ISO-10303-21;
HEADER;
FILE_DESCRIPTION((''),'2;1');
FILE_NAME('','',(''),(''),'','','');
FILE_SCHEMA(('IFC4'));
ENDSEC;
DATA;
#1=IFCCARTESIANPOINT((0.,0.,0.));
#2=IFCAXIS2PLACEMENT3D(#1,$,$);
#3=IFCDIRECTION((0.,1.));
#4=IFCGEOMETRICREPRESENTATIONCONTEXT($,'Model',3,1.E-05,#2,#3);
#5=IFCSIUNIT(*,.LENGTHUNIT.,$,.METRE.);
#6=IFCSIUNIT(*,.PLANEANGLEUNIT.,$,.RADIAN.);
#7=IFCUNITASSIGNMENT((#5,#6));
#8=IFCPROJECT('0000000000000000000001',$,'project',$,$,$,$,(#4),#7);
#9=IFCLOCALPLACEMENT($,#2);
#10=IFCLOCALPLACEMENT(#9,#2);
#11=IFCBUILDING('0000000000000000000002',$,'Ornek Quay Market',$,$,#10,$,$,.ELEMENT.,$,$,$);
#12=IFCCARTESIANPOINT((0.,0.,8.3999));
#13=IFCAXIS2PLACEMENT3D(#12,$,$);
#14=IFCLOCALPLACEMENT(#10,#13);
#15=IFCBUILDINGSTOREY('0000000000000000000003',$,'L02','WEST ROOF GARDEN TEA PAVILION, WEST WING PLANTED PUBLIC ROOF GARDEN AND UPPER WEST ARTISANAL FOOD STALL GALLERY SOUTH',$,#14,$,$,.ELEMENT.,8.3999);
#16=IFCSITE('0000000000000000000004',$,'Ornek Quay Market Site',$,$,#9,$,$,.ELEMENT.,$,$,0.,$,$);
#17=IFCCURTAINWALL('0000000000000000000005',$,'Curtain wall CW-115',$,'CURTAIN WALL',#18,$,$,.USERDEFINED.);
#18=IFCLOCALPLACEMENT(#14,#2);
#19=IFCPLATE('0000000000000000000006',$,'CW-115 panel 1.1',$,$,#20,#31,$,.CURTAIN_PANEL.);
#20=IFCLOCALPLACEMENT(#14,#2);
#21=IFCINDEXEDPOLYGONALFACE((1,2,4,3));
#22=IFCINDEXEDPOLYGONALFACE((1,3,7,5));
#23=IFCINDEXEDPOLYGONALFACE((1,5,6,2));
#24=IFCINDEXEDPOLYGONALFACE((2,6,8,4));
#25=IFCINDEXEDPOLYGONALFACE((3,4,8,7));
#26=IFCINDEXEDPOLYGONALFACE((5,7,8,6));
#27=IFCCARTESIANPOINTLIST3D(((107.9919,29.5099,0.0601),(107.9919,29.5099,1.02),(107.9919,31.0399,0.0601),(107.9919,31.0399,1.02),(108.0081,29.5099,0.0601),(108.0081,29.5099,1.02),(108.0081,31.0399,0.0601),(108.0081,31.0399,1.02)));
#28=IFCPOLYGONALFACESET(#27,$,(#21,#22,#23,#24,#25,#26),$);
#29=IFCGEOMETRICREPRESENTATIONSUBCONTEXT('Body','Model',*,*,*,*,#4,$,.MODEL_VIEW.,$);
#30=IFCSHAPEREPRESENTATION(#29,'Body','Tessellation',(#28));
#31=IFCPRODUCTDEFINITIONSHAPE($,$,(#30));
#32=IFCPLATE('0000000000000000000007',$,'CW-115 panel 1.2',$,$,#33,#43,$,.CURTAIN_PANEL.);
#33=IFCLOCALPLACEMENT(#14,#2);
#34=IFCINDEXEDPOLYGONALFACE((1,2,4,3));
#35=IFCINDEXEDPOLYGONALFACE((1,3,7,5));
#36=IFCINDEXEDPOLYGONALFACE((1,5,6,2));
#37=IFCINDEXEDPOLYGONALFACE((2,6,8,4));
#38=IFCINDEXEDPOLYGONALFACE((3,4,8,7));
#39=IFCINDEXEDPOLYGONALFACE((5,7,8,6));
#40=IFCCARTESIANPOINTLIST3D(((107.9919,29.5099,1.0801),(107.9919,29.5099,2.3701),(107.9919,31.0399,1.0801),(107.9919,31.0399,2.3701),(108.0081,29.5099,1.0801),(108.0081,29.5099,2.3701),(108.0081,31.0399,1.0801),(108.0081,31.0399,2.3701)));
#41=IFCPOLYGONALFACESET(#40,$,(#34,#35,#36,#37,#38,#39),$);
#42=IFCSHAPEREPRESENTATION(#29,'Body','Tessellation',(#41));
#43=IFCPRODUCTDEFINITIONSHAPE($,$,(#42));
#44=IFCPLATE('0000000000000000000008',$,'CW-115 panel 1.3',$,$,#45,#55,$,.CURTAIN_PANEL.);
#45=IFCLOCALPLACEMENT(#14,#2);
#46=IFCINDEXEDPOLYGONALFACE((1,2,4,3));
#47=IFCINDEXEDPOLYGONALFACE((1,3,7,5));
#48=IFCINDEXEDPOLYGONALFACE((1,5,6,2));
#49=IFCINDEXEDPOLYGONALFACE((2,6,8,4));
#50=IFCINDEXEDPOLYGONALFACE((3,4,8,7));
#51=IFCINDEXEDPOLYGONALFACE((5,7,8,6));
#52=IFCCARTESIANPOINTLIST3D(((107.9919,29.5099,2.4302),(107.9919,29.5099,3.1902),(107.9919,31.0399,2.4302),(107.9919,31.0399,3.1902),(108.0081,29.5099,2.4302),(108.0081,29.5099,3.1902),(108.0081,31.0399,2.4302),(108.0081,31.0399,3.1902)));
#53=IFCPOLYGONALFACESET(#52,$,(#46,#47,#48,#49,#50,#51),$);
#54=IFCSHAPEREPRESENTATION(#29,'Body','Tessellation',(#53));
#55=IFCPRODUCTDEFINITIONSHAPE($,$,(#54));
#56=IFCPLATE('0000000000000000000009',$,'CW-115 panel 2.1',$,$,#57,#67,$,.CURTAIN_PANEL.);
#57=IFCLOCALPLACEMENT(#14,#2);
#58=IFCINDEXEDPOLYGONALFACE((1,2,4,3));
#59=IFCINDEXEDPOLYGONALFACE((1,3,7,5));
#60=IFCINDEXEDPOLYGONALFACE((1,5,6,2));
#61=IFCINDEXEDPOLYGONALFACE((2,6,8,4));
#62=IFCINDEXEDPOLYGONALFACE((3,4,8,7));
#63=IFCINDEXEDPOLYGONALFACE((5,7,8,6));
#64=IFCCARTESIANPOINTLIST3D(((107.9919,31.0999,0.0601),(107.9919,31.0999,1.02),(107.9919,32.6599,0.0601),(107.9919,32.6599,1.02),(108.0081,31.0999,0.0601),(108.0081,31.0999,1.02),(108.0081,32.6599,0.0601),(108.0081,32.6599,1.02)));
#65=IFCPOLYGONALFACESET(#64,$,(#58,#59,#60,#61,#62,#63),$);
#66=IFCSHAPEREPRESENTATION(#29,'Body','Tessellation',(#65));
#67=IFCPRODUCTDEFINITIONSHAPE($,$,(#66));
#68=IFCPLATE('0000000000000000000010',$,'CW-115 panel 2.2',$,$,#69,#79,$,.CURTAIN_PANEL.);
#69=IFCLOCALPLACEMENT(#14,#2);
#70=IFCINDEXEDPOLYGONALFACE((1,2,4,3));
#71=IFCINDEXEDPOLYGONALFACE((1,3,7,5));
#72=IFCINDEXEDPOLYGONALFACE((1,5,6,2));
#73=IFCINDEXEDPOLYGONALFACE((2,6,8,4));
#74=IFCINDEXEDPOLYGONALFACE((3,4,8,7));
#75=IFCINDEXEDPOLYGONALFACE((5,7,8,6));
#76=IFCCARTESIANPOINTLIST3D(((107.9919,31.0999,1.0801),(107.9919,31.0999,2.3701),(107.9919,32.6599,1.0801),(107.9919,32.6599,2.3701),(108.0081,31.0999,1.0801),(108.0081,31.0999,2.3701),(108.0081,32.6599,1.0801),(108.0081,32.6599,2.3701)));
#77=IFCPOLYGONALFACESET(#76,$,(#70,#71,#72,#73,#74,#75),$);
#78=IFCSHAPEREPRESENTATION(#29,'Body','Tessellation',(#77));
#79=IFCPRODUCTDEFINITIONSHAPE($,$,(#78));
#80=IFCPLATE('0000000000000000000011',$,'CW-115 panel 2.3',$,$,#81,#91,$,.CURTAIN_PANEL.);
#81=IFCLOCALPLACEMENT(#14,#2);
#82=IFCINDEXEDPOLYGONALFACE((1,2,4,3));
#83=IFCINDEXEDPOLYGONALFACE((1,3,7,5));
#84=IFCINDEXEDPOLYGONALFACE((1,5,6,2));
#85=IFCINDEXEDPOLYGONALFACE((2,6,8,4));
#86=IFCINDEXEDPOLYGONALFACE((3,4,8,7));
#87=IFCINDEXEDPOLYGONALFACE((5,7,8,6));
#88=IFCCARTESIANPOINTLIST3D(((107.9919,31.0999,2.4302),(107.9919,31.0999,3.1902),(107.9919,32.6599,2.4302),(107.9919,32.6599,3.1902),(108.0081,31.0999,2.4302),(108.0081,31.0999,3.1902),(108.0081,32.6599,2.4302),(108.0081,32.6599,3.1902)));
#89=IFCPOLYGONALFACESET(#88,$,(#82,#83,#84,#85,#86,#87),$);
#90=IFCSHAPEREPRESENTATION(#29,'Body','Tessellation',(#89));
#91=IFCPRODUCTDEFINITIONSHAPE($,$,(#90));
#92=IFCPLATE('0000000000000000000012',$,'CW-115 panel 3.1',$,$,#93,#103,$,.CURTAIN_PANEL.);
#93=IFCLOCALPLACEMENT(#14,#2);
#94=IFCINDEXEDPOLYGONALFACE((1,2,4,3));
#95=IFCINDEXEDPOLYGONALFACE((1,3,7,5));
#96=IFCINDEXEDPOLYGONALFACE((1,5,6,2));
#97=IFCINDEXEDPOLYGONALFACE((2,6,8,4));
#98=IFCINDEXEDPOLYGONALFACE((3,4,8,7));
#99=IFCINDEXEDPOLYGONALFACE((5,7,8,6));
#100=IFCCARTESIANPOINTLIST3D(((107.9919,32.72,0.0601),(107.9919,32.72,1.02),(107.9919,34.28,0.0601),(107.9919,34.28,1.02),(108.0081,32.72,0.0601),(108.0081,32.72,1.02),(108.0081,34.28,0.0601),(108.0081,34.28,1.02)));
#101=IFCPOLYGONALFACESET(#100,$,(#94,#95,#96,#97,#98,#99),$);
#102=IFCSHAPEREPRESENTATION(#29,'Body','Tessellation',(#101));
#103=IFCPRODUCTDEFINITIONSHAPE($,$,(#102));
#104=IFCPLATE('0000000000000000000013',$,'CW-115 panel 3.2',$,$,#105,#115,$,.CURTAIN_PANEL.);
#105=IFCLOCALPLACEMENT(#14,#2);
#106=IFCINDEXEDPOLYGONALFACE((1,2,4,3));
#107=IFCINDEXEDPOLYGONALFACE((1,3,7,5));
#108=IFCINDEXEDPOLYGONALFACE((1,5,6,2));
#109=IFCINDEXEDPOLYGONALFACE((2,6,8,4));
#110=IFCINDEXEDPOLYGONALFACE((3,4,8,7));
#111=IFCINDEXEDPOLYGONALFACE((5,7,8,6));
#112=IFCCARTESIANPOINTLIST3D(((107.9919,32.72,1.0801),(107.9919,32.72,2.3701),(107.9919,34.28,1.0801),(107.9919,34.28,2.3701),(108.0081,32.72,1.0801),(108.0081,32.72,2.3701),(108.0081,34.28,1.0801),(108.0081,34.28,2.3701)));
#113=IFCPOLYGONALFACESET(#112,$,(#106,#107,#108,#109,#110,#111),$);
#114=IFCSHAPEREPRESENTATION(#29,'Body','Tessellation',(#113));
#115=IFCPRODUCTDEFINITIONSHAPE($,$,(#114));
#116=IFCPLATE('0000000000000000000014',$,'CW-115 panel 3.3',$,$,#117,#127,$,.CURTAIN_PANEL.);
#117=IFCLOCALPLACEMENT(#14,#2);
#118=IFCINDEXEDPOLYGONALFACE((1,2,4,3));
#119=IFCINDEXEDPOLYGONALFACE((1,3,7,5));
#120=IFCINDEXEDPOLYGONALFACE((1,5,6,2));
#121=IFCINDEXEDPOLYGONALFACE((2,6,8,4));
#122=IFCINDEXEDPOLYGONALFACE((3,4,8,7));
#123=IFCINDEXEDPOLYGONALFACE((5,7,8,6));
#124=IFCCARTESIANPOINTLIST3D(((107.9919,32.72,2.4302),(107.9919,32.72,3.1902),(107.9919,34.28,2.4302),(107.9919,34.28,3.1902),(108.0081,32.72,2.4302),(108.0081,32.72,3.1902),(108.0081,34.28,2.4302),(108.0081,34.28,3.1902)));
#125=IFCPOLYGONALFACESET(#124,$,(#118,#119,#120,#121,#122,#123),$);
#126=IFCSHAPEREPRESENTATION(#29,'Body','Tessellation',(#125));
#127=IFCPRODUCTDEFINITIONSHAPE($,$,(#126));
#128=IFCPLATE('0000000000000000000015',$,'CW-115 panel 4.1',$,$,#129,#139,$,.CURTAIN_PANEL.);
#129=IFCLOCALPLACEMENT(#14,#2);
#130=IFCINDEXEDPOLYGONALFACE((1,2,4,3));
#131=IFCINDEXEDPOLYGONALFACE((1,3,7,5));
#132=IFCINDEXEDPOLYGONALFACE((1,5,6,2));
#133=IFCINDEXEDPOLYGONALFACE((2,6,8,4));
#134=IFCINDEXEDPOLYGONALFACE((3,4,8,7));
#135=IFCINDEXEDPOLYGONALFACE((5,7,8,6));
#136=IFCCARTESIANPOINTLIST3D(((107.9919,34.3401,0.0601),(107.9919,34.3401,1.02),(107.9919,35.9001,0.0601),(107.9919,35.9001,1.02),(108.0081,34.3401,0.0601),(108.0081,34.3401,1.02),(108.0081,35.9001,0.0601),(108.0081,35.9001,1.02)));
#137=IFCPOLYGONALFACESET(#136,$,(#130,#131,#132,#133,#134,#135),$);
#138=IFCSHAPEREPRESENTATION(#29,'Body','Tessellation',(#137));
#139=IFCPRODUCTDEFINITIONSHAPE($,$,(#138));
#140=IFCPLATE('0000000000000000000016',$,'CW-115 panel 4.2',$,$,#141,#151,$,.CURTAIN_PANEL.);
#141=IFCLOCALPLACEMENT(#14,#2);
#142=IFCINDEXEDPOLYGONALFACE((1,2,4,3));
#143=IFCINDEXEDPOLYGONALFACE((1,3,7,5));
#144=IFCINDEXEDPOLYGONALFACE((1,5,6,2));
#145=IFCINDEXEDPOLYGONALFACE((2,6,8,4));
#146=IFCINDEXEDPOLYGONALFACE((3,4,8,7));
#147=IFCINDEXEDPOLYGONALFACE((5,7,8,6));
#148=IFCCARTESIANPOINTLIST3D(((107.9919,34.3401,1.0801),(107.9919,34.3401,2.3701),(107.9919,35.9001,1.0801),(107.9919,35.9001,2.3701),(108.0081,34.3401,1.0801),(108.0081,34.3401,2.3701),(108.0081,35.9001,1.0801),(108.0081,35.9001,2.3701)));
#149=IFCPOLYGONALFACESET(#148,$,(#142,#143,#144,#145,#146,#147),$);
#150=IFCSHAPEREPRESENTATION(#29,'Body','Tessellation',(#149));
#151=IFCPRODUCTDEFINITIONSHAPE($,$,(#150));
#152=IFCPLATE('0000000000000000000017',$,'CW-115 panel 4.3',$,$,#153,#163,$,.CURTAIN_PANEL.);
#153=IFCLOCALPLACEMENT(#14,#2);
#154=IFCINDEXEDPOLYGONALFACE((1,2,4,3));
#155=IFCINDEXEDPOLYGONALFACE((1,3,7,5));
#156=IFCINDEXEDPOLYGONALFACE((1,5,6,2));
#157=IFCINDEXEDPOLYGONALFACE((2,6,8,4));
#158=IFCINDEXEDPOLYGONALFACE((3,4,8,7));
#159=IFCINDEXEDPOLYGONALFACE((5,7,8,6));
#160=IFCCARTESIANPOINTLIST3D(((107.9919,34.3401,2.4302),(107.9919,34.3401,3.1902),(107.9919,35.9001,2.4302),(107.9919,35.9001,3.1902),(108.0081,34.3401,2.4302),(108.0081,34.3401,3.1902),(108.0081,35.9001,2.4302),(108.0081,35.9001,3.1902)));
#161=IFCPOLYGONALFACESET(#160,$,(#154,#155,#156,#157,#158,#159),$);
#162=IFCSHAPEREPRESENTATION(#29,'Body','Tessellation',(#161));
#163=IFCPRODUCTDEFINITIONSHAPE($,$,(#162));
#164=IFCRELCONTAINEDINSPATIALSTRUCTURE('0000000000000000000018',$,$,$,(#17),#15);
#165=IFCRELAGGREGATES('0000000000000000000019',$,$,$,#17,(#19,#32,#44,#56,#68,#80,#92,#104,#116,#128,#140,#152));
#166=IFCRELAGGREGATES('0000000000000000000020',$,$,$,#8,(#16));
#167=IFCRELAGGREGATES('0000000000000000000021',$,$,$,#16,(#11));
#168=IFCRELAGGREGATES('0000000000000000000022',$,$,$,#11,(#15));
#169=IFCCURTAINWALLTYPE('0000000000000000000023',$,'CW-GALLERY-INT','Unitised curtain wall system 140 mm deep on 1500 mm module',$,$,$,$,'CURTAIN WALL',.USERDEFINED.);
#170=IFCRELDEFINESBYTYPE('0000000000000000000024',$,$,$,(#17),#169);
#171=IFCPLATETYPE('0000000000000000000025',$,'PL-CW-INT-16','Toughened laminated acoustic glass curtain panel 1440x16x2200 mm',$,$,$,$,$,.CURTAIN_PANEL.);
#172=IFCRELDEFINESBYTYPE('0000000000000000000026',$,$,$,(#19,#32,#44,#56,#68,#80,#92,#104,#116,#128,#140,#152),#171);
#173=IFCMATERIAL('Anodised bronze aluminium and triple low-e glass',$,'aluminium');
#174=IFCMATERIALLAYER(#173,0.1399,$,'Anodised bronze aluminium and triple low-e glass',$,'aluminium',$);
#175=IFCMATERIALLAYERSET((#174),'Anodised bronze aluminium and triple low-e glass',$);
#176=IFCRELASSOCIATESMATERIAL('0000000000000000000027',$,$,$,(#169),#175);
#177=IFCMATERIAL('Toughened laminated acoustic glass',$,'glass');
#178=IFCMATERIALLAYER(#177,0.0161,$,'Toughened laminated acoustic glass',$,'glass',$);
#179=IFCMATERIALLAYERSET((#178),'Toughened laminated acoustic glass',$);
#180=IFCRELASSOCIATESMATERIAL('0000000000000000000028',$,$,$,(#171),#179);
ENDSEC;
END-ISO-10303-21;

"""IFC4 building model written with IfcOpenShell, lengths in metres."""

from ifc_helpers import new_model, si_unit, direction, frame, origin, origin_2d, place, context, subcontext, project, spatial, rectangle, extrude, material, layer, layer_set, type_object, element, aggregate, save


model = new_model("IFC4")

# Units and contexts
model_context = context("Model", 3, precision=1e-05, world=origin(), true_north=direction((0.0, 1.0)))
body_context = subcontext(model_context, "Body", "Model", "MODEL_VIEW")
ifc_project = project(units=[si_unit("LENGTHUNIT", "METRE"), si_unit("PLANEANGLEUNIT", "RADIAN")], contexts=[model_context])

# Site, building, storey
site_placement = place(None, origin())
site = spatial("IfcSite", under=ifc_project, at=site_placement, Name="Ornek Quay Market Site", CompositionType="ELEMENT", RefElevation=0.0)
building_placement = place(site_placement, origin())
building = spatial("IfcBuilding", under=site, at=building_placement, Name="Ornek Quay Market", CompositionType="ELEMENT")
storey_placement = place(building_placement, frame((0.0, 0.0, 8.3999)))
storey = spatial("IfcBuildingStorey", under=building, at=storey_placement, Name="L02", Description="WEST ROOF GARDEN TEA PAVILION, WEST WING PLANTED PUBLIC ROOF GARDEN AND UPPER WEST ARTISANAL FOOD STALL GALLERY SOUTH", CompositionType="ELEMENT", Elevation=8.3999)

# Curtain wall, plates
ifc_material_1 = material(Name="Anodised bronze aluminium and triple low-e glass", Category="aluminium")
ifc_layer_1 = layer(ifc_material_1, 0.1399, Name="Anodised bronze aluminium and triple low-e glass", Category="aluminium")
ifc_layer_set_1 = layer_set([ifc_layer_1], Name="Anodised bronze aluminium and triple low-e glass")
curtain_wall_type = type_object("IfcCurtainWallType", Name="CW-GALLERY-INT", Description="Unitised curtain wall system 140 mm deep on 1500 mm module", ElementType="CURTAIN WALL", PredefinedType="USERDEFINED", material=ifc_layer_set_1)
curtain_wall_placement = place(storey_placement, origin())
curtain_wall = element("IfcCurtainWall", 1, at=curtain_wall_placement, inside=storey, type_object=curtain_wall_type, Name="Curtain wall CW-115", ObjectType="CURTAIN WALL", PredefinedType="USERDEFINED")
ifc_material_2 = material(Name="Toughened laminated acoustic glass", Category="glass")
ifc_layer_2 = layer(ifc_material_2, 0.0161, Name="Toughened laminated acoustic glass", Category="glass")
ifc_layer_set_2 = layer_set([ifc_layer_2], Name="Toughened laminated acoustic glass")
plate_type = type_object("IfcPlateType", Name="PL-CW-INT-16", Description="Toughened laminated acoustic glass curtain panel 1440x16x2200 mm", PredefinedType="CURTAIN_PANEL", material=ifc_layer_set_2)
plate_1_placement = place(storey_placement, frame((108.0, 30.2749, 0.0601), z_axis=(0.0, 0.0, 1.0), x_axis=(0.0, 1.0, 0.0)))
plate_1 = element("IfcPlate", 2, at=plate_1_placement, type_object=plate_type, Name="CW-115 panel 1.1", PredefinedType="CURTAIN_PANEL", context=body_context, shape_type="SweptSolid", body=[
    extrude(rectangle(XDim=1.53, YDim=0.0161, at=origin_2d()), origin(), (0.0, 0.0, 1.0), 0.96),
])
plate_2_placement = place(storey_placement, frame((108.0, 30.2749, 1.0801), z_axis=(0.0, 0.0, 1.0), x_axis=(0.0, 1.0, 0.0)))
plate_2 = element("IfcPlate", 3, at=plate_2_placement, type_object=plate_type, Name="CW-115 panel 1.2", PredefinedType="CURTAIN_PANEL", context=body_context, shape_type="SweptSolid", body=[
    extrude(rectangle(XDim=1.53, YDim=0.0161, at=origin_2d()), origin(), (0.0, 0.0, 1.0), 1.29),
])
plate_3_placement = place(storey_placement, frame((108.0, 30.2749, 2.4302), z_axis=(0.0, 0.0, 1.0), x_axis=(0.0, 1.0, 0.0)))
plate_3 = element("IfcPlate", 4, at=plate_3_placement, type_object=plate_type, Name="CW-115 panel 1.3", PredefinedType="CURTAIN_PANEL", context=body_context, shape_type="SweptSolid", body=[
    extrude(rectangle(XDim=1.53, YDim=0.0161, at=origin_2d()), origin(), (0.0, 0.0, 1.0), 0.76),
])
plate_4_placement = place(storey_placement, frame((108.0, 31.8799, 0.0601), z_axis=(0.0, 0.0, 1.0), x_axis=(0.0, 1.0, 0.0)))
plate_4 = element("IfcPlate", 5, at=plate_4_placement, type_object=plate_type, Name="CW-115 panel 2.1", PredefinedType="CURTAIN_PANEL", context=body_context, shape_type="SweptSolid", body=[
    extrude(rectangle(XDim=1.5601, YDim=0.0161, at=origin_2d()), origin(), (0.0, 0.0, 1.0), 0.96),
])
plate_5_placement = place(storey_placement, frame((108.0, 31.8799, 1.0801), z_axis=(0.0, 0.0, 1.0), x_axis=(0.0, 1.0, 0.0)))
plate_5 = element("IfcPlate", 6, at=plate_5_placement, type_object=plate_type, Name="CW-115 panel 2.2", PredefinedType="CURTAIN_PANEL", context=body_context, shape_type="SweptSolid", body=[
    extrude(rectangle(XDim=1.5601, YDim=0.0161, at=origin_2d()), origin(), (0.0, 0.0, 1.0), 1.29),
])
plate_6_placement = place(storey_placement, frame((108.0, 31.8799, 2.4302), z_axis=(0.0, 0.0, 1.0), x_axis=(0.0, 1.0, 0.0)))
plate_6 = element("IfcPlate", 7, at=plate_6_placement, type_object=plate_type, Name="CW-115 panel 2.3", PredefinedType="CURTAIN_PANEL", context=body_context, shape_type="SweptSolid", body=[
    extrude(rectangle(XDim=1.5601, YDim=0.0161, at=origin_2d()), origin(), (0.0, 0.0, 1.0), 0.76),
])
plate_7_placement = place(storey_placement, frame((108.0, 33.5, 0.0601), z_axis=(0.0, 0.0, 1.0), x_axis=(0.0, 1.0, 0.0)))
plate_7 = element("IfcPlate", 8, at=plate_7_placement, type_object=plate_type, Name="CW-115 panel 3.1", PredefinedType="CURTAIN_PANEL", context=body_context, shape_type="SweptSolid", body=[
    extrude(rectangle(XDim=1.5601, YDim=0.0161, at=origin_2d()), origin(), (0.0, 0.0, 1.0), 0.96),
])
plate_8_placement = place(storey_placement, frame((108.0, 33.5, 1.0801), z_axis=(0.0, 0.0, 1.0), x_axis=(0.0, 1.0, 0.0)))
plate_8 = element("IfcPlate", 9, at=plate_8_placement, type_object=plate_type, Name="CW-115 panel 3.2", PredefinedType="CURTAIN_PANEL", context=body_context, shape_type="SweptSolid", body=[
    extrude(rectangle(XDim=1.5601, YDim=0.0161, at=origin_2d()), origin(), (0.0, 0.0, 1.0), 1.29),
])
plate_9_placement = place(storey_placement, frame((108.0, 33.5, 2.4302), z_axis=(0.0, 0.0, 1.0), x_axis=(0.0, 1.0, 0.0)))
plate_9 = element("IfcPlate", 10, at=plate_9_placement, type_object=plate_type, Name="CW-115 panel 3.3", PredefinedType="CURTAIN_PANEL", context=body_context, shape_type="SweptSolid", body=[
    extrude(rectangle(XDim=1.5601, YDim=0.0161, at=origin_2d()), origin(), (0.0, 0.0, 1.0), 0.76),
])
plate_10_placement = place(storey_placement, frame((108.0, 35.1201, 0.0601), z_axis=(0.0, 0.0, 1.0), x_axis=(0.0, 1.0, 0.0)))
plate_10 = element("IfcPlate", 11, at=plate_10_placement, type_object=plate_type, Name="CW-115 panel 4.1", PredefinedType="CURTAIN_PANEL", context=body_context, shape_type="SweptSolid", body=[
    extrude(rectangle(XDim=1.5601, YDim=0.0161, at=origin_2d()), origin(), (0.0, 0.0, 1.0), 0.96),
])
plate_11_placement = place(storey_placement, frame((108.0, 35.1201, 1.0801), z_axis=(0.0, 0.0, 1.0), x_axis=(0.0, 1.0, 0.0)))
plate_11 = element("IfcPlate", 12, at=plate_11_placement, type_object=plate_type, Name="CW-115 panel 4.2", PredefinedType="CURTAIN_PANEL", context=body_context, shape_type="SweptSolid", body=[
    extrude(rectangle(XDim=1.5601, YDim=0.0161, at=origin_2d()), origin(), (0.0, 0.0, 1.0), 1.29),
])
plate_12_placement = place(storey_placement, frame((108.0, 35.1201, 2.4302), z_axis=(0.0, 0.0, 1.0), x_axis=(0.0, 1.0, 0.0)))
plate_12 = element("IfcPlate", 13, at=plate_12_placement, type_object=plate_type, Name="CW-115 panel 4.3", PredefinedType="CURTAIN_PANEL", context=body_context, shape_type="SweptSolid", body=[
    extrude(rectangle(XDim=1.5601, YDim=0.0161, at=origin_2d()), origin(), (0.0, 0.0, 1.0), 0.76),
])
aggregate(curtain_wall, [plate_1, plate_2, plate_3, plate_4, plate_5, plate_6, plate_7, plate_8, plate_9, plate_10, plate_11, plate_12])

save(model, "model.ifc")
